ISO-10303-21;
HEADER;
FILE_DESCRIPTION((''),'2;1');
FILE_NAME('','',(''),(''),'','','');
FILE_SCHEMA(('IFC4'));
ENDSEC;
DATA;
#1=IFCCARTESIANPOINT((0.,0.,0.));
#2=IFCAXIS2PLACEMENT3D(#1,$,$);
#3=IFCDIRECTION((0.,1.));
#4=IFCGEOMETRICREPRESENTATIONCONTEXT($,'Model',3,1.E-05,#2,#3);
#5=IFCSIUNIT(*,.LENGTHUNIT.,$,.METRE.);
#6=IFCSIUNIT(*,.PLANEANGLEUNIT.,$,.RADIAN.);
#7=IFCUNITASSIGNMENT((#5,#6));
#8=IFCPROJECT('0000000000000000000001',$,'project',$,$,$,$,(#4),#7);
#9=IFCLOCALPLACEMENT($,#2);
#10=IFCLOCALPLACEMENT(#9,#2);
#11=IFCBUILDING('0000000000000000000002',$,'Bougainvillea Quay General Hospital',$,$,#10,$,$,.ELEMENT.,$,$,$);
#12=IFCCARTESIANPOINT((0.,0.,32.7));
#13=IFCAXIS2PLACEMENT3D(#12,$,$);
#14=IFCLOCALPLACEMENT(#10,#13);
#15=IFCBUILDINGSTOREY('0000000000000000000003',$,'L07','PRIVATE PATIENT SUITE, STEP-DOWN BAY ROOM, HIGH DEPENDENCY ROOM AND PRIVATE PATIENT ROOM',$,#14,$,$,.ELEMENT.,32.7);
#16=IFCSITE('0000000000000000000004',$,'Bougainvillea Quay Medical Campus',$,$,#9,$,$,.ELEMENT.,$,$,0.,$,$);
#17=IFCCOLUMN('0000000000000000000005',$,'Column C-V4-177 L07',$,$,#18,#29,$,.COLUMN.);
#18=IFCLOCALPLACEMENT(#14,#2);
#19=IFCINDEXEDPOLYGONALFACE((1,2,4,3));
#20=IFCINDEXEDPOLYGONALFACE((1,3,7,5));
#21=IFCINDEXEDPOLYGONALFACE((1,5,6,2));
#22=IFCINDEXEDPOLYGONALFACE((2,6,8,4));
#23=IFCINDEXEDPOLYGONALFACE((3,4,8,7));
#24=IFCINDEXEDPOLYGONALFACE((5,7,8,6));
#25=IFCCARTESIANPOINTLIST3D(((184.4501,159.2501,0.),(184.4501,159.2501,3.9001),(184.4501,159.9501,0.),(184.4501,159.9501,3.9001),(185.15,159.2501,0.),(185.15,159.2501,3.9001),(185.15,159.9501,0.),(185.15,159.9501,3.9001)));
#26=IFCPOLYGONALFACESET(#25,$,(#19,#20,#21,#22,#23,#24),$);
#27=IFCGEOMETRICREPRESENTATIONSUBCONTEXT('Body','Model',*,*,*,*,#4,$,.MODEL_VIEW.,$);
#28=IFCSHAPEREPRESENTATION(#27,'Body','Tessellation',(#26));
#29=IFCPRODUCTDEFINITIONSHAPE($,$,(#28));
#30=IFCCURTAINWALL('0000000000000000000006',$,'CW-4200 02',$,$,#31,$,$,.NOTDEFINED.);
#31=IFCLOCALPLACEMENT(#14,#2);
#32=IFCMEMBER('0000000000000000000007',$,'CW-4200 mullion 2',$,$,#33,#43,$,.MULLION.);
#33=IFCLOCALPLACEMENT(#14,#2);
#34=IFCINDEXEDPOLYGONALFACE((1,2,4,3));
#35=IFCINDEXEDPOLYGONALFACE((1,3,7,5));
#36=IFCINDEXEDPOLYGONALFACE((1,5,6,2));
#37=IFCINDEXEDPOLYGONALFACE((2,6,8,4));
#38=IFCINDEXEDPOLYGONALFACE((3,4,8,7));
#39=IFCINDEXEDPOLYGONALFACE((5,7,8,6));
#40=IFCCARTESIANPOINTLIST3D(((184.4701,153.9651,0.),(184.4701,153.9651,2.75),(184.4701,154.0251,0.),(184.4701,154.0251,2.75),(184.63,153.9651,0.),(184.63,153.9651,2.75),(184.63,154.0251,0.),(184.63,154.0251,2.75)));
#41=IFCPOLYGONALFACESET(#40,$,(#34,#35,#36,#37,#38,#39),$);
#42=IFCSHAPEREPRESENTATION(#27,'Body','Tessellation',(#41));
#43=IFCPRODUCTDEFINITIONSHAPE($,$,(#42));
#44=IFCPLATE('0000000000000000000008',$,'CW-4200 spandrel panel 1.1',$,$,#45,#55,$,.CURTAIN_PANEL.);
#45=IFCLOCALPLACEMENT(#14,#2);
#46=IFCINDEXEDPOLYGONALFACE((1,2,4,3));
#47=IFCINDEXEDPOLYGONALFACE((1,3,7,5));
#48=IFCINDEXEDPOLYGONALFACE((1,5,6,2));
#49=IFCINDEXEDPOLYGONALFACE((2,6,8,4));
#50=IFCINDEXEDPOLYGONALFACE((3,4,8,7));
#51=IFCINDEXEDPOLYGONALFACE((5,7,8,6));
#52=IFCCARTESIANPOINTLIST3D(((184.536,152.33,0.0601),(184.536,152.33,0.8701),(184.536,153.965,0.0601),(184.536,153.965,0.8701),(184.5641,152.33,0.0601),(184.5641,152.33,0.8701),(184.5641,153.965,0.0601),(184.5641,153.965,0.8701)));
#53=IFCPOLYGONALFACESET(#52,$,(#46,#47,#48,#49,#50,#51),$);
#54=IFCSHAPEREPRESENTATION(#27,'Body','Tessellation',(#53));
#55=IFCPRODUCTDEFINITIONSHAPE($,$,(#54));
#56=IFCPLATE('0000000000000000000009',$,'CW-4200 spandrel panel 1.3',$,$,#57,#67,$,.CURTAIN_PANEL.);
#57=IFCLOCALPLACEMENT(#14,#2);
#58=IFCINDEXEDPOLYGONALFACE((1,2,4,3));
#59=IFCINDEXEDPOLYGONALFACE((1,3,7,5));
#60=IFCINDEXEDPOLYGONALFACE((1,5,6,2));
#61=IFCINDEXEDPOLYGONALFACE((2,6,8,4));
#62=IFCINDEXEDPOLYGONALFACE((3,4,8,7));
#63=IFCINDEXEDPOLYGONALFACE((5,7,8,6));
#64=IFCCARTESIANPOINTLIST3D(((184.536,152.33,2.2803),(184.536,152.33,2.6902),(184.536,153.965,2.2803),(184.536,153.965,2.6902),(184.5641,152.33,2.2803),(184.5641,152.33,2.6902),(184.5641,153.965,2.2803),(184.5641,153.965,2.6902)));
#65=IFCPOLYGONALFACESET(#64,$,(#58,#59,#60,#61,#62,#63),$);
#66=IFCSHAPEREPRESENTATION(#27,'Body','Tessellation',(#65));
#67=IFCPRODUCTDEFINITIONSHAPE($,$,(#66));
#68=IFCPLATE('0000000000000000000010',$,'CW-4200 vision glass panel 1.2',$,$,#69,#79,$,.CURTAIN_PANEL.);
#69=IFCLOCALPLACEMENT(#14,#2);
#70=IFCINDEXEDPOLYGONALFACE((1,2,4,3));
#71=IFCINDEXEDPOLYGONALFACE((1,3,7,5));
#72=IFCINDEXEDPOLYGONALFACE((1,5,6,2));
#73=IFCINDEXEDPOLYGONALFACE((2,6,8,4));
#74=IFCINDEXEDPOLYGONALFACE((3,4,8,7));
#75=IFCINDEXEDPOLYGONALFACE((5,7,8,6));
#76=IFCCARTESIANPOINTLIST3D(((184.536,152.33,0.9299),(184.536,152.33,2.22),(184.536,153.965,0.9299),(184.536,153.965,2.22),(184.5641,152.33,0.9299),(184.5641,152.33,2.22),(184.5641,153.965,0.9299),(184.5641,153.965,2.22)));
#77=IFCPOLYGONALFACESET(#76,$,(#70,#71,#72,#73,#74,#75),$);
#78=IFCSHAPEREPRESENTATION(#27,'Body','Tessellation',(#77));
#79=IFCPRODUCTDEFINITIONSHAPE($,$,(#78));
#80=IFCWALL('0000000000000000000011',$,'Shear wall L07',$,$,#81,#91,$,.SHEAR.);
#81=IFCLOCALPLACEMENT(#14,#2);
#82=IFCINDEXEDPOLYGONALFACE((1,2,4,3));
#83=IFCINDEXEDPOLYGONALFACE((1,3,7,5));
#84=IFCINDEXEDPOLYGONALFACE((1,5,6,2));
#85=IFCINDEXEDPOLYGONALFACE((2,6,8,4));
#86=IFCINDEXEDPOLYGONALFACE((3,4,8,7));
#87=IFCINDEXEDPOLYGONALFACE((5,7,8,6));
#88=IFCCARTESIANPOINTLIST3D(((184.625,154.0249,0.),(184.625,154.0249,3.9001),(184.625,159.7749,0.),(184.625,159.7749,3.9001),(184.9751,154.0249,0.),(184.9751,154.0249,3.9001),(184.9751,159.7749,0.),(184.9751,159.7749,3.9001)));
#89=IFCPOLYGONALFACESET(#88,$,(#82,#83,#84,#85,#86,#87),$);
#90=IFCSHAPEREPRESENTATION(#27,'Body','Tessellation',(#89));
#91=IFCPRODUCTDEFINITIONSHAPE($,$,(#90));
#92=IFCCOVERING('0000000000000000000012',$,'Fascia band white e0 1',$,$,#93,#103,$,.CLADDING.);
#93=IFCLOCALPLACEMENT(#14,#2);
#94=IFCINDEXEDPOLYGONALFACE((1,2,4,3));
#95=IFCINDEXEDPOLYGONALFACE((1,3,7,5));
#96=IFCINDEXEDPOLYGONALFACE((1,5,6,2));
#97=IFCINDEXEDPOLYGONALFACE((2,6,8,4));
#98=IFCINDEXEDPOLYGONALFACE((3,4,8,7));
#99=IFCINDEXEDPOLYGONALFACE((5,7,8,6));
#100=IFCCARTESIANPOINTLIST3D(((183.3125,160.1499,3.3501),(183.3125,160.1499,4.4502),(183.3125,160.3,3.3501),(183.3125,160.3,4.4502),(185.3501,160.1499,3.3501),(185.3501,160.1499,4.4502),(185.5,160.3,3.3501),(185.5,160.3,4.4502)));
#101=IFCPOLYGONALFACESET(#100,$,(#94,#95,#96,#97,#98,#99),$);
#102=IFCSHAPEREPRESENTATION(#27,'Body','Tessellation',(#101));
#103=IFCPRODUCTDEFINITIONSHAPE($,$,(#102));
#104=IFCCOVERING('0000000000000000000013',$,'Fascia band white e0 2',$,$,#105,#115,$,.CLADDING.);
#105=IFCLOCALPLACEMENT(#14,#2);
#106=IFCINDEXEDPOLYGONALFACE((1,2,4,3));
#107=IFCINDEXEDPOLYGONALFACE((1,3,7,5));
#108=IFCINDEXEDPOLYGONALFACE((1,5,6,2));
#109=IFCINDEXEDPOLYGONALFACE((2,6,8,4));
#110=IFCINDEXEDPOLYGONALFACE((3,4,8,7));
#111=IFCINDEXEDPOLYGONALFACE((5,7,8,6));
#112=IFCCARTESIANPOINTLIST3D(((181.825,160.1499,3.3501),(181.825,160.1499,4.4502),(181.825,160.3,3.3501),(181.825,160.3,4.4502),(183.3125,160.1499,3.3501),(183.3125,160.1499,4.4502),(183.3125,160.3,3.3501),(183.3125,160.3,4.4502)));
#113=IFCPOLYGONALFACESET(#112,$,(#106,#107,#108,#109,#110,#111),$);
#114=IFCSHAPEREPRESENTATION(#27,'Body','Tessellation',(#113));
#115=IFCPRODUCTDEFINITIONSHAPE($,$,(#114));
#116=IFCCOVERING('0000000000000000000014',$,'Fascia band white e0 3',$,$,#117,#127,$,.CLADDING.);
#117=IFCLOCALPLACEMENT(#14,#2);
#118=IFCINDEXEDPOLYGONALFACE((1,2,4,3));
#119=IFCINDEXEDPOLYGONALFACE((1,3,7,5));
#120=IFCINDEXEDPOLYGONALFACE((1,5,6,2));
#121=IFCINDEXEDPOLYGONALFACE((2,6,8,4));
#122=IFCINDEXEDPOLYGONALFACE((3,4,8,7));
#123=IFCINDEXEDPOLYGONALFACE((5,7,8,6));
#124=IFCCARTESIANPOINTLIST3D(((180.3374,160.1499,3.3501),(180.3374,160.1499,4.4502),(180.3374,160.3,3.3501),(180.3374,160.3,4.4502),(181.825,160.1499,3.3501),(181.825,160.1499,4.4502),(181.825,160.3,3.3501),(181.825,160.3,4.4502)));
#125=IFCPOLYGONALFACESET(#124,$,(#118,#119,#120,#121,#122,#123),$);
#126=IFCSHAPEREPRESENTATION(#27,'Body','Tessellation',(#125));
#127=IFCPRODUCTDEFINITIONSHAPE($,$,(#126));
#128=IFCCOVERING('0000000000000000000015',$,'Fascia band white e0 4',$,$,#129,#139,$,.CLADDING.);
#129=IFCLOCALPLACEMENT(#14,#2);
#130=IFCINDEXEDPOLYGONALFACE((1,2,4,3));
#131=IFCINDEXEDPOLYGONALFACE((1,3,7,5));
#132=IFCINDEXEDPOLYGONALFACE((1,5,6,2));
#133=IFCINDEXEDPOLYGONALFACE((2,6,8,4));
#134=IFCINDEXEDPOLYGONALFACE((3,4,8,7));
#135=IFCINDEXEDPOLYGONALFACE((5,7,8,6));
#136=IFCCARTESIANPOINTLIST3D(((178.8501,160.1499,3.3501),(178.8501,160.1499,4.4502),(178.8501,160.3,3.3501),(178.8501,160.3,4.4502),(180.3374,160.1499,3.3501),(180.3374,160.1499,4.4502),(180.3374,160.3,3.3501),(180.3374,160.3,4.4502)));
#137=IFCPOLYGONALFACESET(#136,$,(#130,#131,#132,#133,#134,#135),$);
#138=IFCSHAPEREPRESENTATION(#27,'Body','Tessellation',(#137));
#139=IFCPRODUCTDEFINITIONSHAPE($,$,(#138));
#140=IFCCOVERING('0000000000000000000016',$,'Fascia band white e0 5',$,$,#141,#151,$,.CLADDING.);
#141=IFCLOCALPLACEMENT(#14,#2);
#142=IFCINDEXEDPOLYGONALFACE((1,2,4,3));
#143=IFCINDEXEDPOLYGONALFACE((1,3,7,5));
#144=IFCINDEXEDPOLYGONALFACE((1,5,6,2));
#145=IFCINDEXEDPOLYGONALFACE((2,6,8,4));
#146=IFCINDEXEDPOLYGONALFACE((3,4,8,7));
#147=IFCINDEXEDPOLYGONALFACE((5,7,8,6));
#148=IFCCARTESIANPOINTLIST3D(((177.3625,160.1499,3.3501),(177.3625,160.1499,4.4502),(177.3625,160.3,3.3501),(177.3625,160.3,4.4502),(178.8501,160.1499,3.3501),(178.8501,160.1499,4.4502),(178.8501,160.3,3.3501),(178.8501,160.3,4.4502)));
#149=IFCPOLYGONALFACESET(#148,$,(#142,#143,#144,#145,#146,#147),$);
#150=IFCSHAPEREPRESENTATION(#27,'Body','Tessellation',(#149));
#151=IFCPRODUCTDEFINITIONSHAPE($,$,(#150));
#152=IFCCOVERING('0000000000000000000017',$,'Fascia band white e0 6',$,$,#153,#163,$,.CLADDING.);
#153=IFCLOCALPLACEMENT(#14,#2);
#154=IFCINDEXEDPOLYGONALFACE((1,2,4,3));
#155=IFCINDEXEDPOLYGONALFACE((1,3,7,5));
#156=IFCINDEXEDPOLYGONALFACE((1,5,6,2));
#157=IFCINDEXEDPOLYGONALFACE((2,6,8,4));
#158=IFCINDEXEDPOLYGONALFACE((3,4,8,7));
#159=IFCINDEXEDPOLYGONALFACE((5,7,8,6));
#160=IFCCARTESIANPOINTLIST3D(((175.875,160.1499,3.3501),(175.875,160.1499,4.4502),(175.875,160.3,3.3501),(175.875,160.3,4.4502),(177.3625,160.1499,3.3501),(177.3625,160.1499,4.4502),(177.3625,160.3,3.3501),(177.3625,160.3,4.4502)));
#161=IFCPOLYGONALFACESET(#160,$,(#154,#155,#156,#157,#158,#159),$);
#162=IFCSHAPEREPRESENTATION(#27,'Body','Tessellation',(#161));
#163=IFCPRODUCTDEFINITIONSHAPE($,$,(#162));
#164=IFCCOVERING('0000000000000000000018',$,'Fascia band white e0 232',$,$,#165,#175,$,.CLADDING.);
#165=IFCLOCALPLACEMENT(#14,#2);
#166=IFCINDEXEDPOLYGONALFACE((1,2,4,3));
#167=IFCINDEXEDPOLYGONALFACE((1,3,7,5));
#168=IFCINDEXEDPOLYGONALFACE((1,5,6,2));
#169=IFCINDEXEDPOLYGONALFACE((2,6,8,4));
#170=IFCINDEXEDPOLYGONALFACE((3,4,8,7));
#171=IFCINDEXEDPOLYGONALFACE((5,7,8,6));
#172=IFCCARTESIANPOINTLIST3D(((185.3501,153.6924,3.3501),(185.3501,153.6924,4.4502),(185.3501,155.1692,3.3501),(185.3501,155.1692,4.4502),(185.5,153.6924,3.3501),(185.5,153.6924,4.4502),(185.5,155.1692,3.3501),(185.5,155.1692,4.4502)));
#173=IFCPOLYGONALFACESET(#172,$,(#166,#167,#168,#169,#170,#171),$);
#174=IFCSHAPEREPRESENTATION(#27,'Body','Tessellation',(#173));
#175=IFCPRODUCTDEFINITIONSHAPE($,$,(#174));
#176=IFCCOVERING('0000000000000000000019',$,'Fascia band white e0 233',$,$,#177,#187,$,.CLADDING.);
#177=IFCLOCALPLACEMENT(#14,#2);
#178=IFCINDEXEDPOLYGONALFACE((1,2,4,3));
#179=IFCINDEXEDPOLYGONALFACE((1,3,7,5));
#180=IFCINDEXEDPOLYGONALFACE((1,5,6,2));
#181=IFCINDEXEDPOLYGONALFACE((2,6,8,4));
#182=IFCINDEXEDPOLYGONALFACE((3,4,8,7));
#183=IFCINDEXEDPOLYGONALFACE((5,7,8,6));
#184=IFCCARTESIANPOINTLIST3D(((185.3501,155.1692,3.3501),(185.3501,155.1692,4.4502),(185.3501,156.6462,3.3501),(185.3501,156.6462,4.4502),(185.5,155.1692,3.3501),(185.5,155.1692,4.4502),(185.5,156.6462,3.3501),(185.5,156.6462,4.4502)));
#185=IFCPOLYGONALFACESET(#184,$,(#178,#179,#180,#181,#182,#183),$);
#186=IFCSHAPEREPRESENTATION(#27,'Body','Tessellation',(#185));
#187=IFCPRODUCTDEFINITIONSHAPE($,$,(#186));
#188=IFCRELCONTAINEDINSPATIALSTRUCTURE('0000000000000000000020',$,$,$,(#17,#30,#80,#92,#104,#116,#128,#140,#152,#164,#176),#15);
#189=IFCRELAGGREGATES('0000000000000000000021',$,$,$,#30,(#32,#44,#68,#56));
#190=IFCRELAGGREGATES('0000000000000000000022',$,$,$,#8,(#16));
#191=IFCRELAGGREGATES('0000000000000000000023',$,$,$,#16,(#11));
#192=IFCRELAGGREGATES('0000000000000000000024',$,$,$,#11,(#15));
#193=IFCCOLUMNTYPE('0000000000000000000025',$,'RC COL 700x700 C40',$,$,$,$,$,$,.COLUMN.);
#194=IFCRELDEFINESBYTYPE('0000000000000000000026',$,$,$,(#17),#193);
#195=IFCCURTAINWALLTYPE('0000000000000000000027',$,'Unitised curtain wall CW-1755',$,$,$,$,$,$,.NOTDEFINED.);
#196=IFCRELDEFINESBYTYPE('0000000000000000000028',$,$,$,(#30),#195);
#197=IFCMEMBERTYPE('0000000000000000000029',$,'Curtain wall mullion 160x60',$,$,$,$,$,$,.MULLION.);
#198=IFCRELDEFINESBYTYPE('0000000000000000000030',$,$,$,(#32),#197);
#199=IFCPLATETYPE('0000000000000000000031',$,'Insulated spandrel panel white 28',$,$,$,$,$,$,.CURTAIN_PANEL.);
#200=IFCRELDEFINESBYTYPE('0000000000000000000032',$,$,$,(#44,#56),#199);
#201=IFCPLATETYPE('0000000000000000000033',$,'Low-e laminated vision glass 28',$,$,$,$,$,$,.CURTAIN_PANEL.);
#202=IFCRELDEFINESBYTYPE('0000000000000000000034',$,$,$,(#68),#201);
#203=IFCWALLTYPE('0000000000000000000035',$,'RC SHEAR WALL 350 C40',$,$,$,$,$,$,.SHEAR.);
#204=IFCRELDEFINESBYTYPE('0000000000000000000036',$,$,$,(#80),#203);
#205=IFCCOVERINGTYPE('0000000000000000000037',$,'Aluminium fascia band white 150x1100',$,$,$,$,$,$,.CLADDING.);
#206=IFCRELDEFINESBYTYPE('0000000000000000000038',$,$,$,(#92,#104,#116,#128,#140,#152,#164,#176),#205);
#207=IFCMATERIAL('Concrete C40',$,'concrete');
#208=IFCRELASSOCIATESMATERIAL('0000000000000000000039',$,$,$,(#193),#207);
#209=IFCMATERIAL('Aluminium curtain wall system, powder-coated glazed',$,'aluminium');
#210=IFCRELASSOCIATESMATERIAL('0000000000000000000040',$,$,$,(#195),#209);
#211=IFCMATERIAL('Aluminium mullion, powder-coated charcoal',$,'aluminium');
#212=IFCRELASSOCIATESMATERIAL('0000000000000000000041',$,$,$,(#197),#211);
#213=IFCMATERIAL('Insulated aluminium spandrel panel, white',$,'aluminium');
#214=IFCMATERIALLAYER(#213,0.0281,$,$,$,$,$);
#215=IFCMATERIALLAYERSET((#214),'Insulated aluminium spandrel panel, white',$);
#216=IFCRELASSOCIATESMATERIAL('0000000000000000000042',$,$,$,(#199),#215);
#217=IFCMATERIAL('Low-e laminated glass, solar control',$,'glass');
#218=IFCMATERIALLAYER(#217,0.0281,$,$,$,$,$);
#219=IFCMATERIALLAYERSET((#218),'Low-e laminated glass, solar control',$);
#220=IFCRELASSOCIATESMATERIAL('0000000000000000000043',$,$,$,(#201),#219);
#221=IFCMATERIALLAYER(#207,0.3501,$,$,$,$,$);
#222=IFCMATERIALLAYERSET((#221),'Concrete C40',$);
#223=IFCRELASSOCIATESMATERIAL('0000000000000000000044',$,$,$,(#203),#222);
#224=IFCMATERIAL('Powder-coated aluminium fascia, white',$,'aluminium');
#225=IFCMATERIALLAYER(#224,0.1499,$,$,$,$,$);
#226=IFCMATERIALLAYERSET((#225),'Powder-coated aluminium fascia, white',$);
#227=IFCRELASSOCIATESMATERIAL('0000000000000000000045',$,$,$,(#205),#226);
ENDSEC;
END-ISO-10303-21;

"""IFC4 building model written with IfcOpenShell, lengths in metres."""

from ifc_helpers import new_model, si_unit, direction, frame, frame_2d, origin, origin_2d, place, context, subcontext, project, spatial, polyline, rectangle, outline, extrude, material, layer, layer_set, material_profile, profile_set, type_object, element, aggregate, save


model = new_model("IFC4")

# Units and contexts
model_context = context("Model", 3, precision=1e-05, world=origin(), true_north=direction((0.0, 1.0)))
body_context = subcontext(model_context, "Body", "Model", "MODEL_VIEW")
ifc_project = project(units=[si_unit("LENGTHUNIT", "METRE"), si_unit("PLANEANGLEUNIT", "RADIAN")], contexts=[model_context])

# Site, building, storey
site_placement = place(None, origin())
site = spatial("IfcSite", under=ifc_project, at=site_placement, Name="Bougainvillea Quay Medical Campus", CompositionType="ELEMENT", RefElevation=0.0)
building_placement = place(site_placement, origin())
building = spatial("IfcBuilding", under=site, at=building_placement, Name="Bougainvillea Quay General Hospital", CompositionType="ELEMENT")
storey_placement = place(building_placement, frame((0.0, 0.0, 32.7)))
storey = spatial("IfcBuildingStorey", under=building, at=storey_placement, Name="L07", Description="PRIVATE PATIENT SUITE, STEP-DOWN BAY ROOM, HIGH DEPENDENCY ROOM AND PRIVATE PATIENT ROOM", CompositionType="ELEMENT", Elevation=32.7)

# Column
ifc_material_1 = material(Name="Concrete C40", Category="concrete")
ifc_material_profile_1 = material_profile(ifc_material_1, rectangle(XDim=0.7, YDim=0.7, at=origin_2d()))
ifc_profile_set_1 = profile_set([ifc_material_profile_1], Name="Concrete C40")
column_type = type_object("IfcColumnType", Name="RC COL 700x700 C40", PredefinedType="COLUMN", material=ifc_profile_set_1)
column_placement = place(storey_placement, frame((184.8, 159.6001, 0.0), z_axis=(0.0, 0.0, 1.0), x_axis=(1.0, 0.0, 0.0)))
element("IfcColumn", 1, at=column_placement, inside=storey, type_object=column_type, Name="Column C-V4-177 L07", PredefinedType="COLUMN", context=body_context, shape_type="SweptSolid", body=[
    extrude(rectangle(XDim=0.7, YDim=0.7, at=origin_2d()), origin(), (0.0, 0.0, 1.0), 3.9001),
])

# Curtain wall, member, plates
ifc_material_2 = material(Name="Aluminium curtain wall system, powder-coated glazed", Category="aluminium")
curtain_wall_type = type_object("IfcCurtainWallType", Name="Unitised curtain wall CW-1755", PredefinedType="NOTDEFINED", material=ifc_material_2)
curtain_wall_placement = place(storey_placement, origin())
curtain_wall = element("IfcCurtainWall", 2, at=curtain_wall_placement, inside=storey, type_object=curtain_wall_type, Name="CW-4200 02", PredefinedType="NOTDEFINED")
ifc_material_3 = material(Name="Aluminium mullion, powder-coated charcoal", Category="aluminium")
ifc_material_profile_2 = material_profile(ifc_material_3, rectangle(XDim=0.1599, YDim=0.0601, at=origin_2d()))
ifc_profile_set_2 = profile_set([ifc_material_profile_2], Name="Aluminium mullion, powder-coated charcoal")
member_type = type_object("IfcMemberType", Name="Curtain wall mullion 160x60", PredefinedType="MULLION", material=ifc_profile_set_2)
member_placement = place(storey_placement, frame((184.55, 153.9951, 0.0), z_axis=(0.0, 0.0, 1.0), x_axis=(-1.0, 0.0, 0.0)))
member = element("IfcMember", 3, at=member_placement, type_object=member_type, Name="CW-4200 mullion 2", PredefinedType="MULLION", context=body_context, shape_type="SweptSolid", body=[
    extrude(rectangle(XDim=0.1599, YDim=0.0601, at=origin_2d()), origin(), (0.0, 0.0, 1.0), 2.75),
])
ifc_material_4 = material(Name="Insulated aluminium spandrel panel, white", Category="aluminium")
ifc_layer_1 = layer(ifc_material_4, 0.0281)
ifc_layer_set_1 = layer_set([ifc_layer_1], Name="Insulated aluminium spandrel panel, white")
plate_type_1 = type_object("IfcPlateType", Name="Insulated spandrel panel white 28", PredefinedType="CURTAIN_PANEL", material=ifc_layer_set_1)
plate_1_placement = place(storey_placement, frame((184.55, 153.1475, 0.0601), z_axis=(0.0, 0.0, 1.0), x_axis=(0.0, 1.0, 0.0)))
plate_1 = element("IfcPlate", 4, at=plate_1_placement, type_object=plate_type_1, Name="CW-4200 spandrel panel 1.1", PredefinedType="CURTAIN_PANEL", context=body_context, shape_type="SweptSolid", body=[
    extrude(rectangle(XDim=1.635, YDim=0.0281, at=origin_2d()), origin(), (0.0, 0.0, 1.0), 0.8101),
])
plate_2_placement = place(storey_placement, frame((184.55, 153.1475, 2.2803), z_axis=(0.0, 0.0, 1.0), x_axis=(0.0, 1.0, 0.0)))
plate_2 = element("IfcPlate", 5, at=plate_2_placement, type_object=plate_type_1, Name="CW-4200 spandrel panel 1.3", PredefinedType="CURTAIN_PANEL", context=body_context, shape_type="SweptSolid", body=[
    extrude(rectangle(XDim=1.635, YDim=0.0281, at=origin_2d()), origin(), (0.0, 0.0, 1.0), 0.4099),
])
ifc_material_5 = material(Name="Low-e laminated glass, solar control", Category="glass")
ifc_layer_2 = layer(ifc_material_5, 0.0281)
ifc_layer_set_2 = layer_set([ifc_layer_2], Name="Low-e laminated glass, solar control")
plate_type_2 = type_object("IfcPlateType", Name="Low-e laminated vision glass 28", PredefinedType="CURTAIN_PANEL", material=ifc_layer_set_2)
plate_3_placement = place(storey_placement, frame((184.55, 153.1475, 0.9299), z_axis=(0.0, 0.0, 1.0), x_axis=(0.0, 1.0, 0.0)))
plate_3 = element("IfcPlate", 6, at=plate_3_placement, type_object=plate_type_2, Name="CW-4200 vision glass panel 1.2", PredefinedType="CURTAIN_PANEL", context=body_context, shape_type="SweptSolid", body=[
    extrude(rectangle(XDim=1.635, YDim=0.0281, at=origin_2d()), origin(), (0.0, 0.0, 1.0), 1.29),
])
aggregate(curtain_wall, [member, plate_1, plate_3, plate_2])

# Wall
ifc_layer_3 = layer(ifc_material_1, 0.3501)
ifc_layer_set_3 = layer_set([ifc_layer_3], Name="Concrete C40")
wall_type = type_object("IfcWallType", Name="RC SHEAR WALL 350 C40", PredefinedType="SHEAR", material=ifc_layer_set_3)
wall_placement = place(storey_placement, frame((184.8, 154.0249, 0.0), z_axis=(0.0, 0.0, 1.0), x_axis=(0.0, 1.0, 0.0)))
element("IfcWall", 7, at=wall_placement, inside=storey, type_object=wall_type, Name="Shear wall L07", PredefinedType="SHEAR", context=body_context, shape_type="SweptSolid", body=[
    extrude(rectangle(XDim=5.75, YDim=0.3501, at=frame_2d((2.875, 0.0))), origin(), (0.0, 0.0, 1.0), 3.9001),
])

# Coverings
ifc_material_6 = material(Name="Powder-coated aluminium fascia, white", Category="aluminium")
ifc_layer_4 = layer(ifc_material_6, 0.1499)
ifc_layer_set_4 = layer_set([ifc_layer_4], Name="Powder-coated aluminium fascia, white")
covering_type = type_object("IfcCoveringType", Name="Aluminium fascia band white 150x1100", PredefinedType="CLADDING", material=ifc_layer_set_4)
covering_1_placement = place(storey_placement, frame((185.3501, 160.1499, 3.3501), z_axis=(0.0, 0.0, 1.0), x_axis=(-1.0, 0.0, 0.0)))
element("IfcCovering", 8, at=covering_1_placement, inside=storey, type_object=covering_type, Name="Fascia band white e0 1", PredefinedType="CLADDING", context=body_context, shape_type="SweptSolid", body=[
    extrude(outline(polyline([(0.0, 0.0), (2.0376, 0.0), (2.0376, -0.1501), (-0.1499, -0.1501), (0.0, 0.0)])), origin(), (0.0, 0.0, 1.0), 1.1001),
])
for number, where, z_axis, x_axis, name in (
    (9, (183.3125, 160.1499, 3.3501), (0.0, 0.0, 1.0), (-1.0, 0.0, 0.0), "Fascia band white e0 2"),
    (10, (181.825, 160.1499, 3.3501), (0.0, 0.0, 1.0), (-1.0, 0.0, 0.0), "Fascia band white e0 3"),
):
    element("IfcCovering", number, at=place(storey_placement, frame(where, z_axis=z_axis, x_axis=x_axis)), inside=storey, type_object=covering_type, Name=name, PredefinedType="CLADDING", context=body_context, shape_type="SweptSolid", body=[
        extrude(outline(polyline([(0.0, 0.0), (1.4875, 0.0), (1.4875, -0.1501), (0.0, -0.1501), (0.0, 0.0)])), origin(), (0.0, 0.0, 1.0), 1.1001),
    ])
covering_2_placement = place(storey_placement, frame((180.3374, 160.1499, 3.3501), z_axis=(0.0, 0.0, 1.0), x_axis=(-1.0, 0.0, 0.0)))
element("IfcCovering", 11, at=covering_2_placement, inside=storey, type_object=covering_type, Name="Fascia band white e0 4", PredefinedType="CLADDING", context=body_context, shape_type="SweptSolid", body=[
    extrude(outline(polyline([(0.0, 0.0), (1.4873, 0.0), (1.4873, -0.1501), (0.0, -0.1501), (0.0, 0.0)])), origin(), (0.0, 0.0, 1.0), 1.1001),
])
for number, where, z_axis, x_axis, name in (
    (12, (178.8501, 160.1499, 3.3501), (0.0, 0.0, 1.0), (-1.0, 0.0, 0.0), "Fascia band white e0 5"),
    (13, (177.3625, 160.1499, 3.3501), (0.0, 0.0, 1.0), (-1.0, 0.0, 0.0), "Fascia band white e0 6"),
):
    element("IfcCovering", number, at=place(storey_placement, frame(where, z_axis=z_axis, x_axis=x_axis)), inside=storey, type_object=covering_type, Name=name, PredefinedType="CLADDING", context=body_context, shape_type="SweptSolid", body=[
        extrude(outline(polyline([(0.0, 0.0), (1.4875, 0.0), (1.4875, -0.1501), (0.0, -0.1501), (0.0, 0.0)])), origin(), (0.0, 0.0, 1.0), 1.1001),
    ])
covering_3_placement = place(storey_placement, frame((185.3501, 153.6924, 3.3501), z_axis=(0.0, 0.0, 1.0), x_axis=(0.0, 1.0, 0.0)))
element("IfcCovering", 14, at=covering_3_placement, inside=storey, type_object=covering_type, Name="Fascia band white e0 232", PredefinedType="CLADDING", context=body_context, shape_type="SweptSolid", body=[
    extrude(outline(polyline([(0.0, 0.0), (1.4768, 0.0), (1.4768, -0.1499), (0.0, -0.1499), (0.0, 0.0)])), origin(), (0.0, 0.0, 1.0), 1.1001),
])
covering_4_placement = place(storey_placement, frame((185.3501, 155.1692, 3.3501), z_axis=(0.0, 0.0, 1.0), x_axis=(0.0, 1.0, 0.0)))
element("IfcCovering", 15, at=covering_4_placement, inside=storey, type_object=covering_type, Name="Fascia band white e0 233", PredefinedType="CLADDING", context=body_context, shape_type="SweptSolid", body=[
    extrude(outline(polyline([(0.0, 0.0), (1.4771, 0.0), (1.4771, -0.1499), (0.0, -0.1499), (0.0, 0.0)])), origin(), (0.0, 0.0, 1.0), 1.1001),
])

save(model, "model.ifc")
